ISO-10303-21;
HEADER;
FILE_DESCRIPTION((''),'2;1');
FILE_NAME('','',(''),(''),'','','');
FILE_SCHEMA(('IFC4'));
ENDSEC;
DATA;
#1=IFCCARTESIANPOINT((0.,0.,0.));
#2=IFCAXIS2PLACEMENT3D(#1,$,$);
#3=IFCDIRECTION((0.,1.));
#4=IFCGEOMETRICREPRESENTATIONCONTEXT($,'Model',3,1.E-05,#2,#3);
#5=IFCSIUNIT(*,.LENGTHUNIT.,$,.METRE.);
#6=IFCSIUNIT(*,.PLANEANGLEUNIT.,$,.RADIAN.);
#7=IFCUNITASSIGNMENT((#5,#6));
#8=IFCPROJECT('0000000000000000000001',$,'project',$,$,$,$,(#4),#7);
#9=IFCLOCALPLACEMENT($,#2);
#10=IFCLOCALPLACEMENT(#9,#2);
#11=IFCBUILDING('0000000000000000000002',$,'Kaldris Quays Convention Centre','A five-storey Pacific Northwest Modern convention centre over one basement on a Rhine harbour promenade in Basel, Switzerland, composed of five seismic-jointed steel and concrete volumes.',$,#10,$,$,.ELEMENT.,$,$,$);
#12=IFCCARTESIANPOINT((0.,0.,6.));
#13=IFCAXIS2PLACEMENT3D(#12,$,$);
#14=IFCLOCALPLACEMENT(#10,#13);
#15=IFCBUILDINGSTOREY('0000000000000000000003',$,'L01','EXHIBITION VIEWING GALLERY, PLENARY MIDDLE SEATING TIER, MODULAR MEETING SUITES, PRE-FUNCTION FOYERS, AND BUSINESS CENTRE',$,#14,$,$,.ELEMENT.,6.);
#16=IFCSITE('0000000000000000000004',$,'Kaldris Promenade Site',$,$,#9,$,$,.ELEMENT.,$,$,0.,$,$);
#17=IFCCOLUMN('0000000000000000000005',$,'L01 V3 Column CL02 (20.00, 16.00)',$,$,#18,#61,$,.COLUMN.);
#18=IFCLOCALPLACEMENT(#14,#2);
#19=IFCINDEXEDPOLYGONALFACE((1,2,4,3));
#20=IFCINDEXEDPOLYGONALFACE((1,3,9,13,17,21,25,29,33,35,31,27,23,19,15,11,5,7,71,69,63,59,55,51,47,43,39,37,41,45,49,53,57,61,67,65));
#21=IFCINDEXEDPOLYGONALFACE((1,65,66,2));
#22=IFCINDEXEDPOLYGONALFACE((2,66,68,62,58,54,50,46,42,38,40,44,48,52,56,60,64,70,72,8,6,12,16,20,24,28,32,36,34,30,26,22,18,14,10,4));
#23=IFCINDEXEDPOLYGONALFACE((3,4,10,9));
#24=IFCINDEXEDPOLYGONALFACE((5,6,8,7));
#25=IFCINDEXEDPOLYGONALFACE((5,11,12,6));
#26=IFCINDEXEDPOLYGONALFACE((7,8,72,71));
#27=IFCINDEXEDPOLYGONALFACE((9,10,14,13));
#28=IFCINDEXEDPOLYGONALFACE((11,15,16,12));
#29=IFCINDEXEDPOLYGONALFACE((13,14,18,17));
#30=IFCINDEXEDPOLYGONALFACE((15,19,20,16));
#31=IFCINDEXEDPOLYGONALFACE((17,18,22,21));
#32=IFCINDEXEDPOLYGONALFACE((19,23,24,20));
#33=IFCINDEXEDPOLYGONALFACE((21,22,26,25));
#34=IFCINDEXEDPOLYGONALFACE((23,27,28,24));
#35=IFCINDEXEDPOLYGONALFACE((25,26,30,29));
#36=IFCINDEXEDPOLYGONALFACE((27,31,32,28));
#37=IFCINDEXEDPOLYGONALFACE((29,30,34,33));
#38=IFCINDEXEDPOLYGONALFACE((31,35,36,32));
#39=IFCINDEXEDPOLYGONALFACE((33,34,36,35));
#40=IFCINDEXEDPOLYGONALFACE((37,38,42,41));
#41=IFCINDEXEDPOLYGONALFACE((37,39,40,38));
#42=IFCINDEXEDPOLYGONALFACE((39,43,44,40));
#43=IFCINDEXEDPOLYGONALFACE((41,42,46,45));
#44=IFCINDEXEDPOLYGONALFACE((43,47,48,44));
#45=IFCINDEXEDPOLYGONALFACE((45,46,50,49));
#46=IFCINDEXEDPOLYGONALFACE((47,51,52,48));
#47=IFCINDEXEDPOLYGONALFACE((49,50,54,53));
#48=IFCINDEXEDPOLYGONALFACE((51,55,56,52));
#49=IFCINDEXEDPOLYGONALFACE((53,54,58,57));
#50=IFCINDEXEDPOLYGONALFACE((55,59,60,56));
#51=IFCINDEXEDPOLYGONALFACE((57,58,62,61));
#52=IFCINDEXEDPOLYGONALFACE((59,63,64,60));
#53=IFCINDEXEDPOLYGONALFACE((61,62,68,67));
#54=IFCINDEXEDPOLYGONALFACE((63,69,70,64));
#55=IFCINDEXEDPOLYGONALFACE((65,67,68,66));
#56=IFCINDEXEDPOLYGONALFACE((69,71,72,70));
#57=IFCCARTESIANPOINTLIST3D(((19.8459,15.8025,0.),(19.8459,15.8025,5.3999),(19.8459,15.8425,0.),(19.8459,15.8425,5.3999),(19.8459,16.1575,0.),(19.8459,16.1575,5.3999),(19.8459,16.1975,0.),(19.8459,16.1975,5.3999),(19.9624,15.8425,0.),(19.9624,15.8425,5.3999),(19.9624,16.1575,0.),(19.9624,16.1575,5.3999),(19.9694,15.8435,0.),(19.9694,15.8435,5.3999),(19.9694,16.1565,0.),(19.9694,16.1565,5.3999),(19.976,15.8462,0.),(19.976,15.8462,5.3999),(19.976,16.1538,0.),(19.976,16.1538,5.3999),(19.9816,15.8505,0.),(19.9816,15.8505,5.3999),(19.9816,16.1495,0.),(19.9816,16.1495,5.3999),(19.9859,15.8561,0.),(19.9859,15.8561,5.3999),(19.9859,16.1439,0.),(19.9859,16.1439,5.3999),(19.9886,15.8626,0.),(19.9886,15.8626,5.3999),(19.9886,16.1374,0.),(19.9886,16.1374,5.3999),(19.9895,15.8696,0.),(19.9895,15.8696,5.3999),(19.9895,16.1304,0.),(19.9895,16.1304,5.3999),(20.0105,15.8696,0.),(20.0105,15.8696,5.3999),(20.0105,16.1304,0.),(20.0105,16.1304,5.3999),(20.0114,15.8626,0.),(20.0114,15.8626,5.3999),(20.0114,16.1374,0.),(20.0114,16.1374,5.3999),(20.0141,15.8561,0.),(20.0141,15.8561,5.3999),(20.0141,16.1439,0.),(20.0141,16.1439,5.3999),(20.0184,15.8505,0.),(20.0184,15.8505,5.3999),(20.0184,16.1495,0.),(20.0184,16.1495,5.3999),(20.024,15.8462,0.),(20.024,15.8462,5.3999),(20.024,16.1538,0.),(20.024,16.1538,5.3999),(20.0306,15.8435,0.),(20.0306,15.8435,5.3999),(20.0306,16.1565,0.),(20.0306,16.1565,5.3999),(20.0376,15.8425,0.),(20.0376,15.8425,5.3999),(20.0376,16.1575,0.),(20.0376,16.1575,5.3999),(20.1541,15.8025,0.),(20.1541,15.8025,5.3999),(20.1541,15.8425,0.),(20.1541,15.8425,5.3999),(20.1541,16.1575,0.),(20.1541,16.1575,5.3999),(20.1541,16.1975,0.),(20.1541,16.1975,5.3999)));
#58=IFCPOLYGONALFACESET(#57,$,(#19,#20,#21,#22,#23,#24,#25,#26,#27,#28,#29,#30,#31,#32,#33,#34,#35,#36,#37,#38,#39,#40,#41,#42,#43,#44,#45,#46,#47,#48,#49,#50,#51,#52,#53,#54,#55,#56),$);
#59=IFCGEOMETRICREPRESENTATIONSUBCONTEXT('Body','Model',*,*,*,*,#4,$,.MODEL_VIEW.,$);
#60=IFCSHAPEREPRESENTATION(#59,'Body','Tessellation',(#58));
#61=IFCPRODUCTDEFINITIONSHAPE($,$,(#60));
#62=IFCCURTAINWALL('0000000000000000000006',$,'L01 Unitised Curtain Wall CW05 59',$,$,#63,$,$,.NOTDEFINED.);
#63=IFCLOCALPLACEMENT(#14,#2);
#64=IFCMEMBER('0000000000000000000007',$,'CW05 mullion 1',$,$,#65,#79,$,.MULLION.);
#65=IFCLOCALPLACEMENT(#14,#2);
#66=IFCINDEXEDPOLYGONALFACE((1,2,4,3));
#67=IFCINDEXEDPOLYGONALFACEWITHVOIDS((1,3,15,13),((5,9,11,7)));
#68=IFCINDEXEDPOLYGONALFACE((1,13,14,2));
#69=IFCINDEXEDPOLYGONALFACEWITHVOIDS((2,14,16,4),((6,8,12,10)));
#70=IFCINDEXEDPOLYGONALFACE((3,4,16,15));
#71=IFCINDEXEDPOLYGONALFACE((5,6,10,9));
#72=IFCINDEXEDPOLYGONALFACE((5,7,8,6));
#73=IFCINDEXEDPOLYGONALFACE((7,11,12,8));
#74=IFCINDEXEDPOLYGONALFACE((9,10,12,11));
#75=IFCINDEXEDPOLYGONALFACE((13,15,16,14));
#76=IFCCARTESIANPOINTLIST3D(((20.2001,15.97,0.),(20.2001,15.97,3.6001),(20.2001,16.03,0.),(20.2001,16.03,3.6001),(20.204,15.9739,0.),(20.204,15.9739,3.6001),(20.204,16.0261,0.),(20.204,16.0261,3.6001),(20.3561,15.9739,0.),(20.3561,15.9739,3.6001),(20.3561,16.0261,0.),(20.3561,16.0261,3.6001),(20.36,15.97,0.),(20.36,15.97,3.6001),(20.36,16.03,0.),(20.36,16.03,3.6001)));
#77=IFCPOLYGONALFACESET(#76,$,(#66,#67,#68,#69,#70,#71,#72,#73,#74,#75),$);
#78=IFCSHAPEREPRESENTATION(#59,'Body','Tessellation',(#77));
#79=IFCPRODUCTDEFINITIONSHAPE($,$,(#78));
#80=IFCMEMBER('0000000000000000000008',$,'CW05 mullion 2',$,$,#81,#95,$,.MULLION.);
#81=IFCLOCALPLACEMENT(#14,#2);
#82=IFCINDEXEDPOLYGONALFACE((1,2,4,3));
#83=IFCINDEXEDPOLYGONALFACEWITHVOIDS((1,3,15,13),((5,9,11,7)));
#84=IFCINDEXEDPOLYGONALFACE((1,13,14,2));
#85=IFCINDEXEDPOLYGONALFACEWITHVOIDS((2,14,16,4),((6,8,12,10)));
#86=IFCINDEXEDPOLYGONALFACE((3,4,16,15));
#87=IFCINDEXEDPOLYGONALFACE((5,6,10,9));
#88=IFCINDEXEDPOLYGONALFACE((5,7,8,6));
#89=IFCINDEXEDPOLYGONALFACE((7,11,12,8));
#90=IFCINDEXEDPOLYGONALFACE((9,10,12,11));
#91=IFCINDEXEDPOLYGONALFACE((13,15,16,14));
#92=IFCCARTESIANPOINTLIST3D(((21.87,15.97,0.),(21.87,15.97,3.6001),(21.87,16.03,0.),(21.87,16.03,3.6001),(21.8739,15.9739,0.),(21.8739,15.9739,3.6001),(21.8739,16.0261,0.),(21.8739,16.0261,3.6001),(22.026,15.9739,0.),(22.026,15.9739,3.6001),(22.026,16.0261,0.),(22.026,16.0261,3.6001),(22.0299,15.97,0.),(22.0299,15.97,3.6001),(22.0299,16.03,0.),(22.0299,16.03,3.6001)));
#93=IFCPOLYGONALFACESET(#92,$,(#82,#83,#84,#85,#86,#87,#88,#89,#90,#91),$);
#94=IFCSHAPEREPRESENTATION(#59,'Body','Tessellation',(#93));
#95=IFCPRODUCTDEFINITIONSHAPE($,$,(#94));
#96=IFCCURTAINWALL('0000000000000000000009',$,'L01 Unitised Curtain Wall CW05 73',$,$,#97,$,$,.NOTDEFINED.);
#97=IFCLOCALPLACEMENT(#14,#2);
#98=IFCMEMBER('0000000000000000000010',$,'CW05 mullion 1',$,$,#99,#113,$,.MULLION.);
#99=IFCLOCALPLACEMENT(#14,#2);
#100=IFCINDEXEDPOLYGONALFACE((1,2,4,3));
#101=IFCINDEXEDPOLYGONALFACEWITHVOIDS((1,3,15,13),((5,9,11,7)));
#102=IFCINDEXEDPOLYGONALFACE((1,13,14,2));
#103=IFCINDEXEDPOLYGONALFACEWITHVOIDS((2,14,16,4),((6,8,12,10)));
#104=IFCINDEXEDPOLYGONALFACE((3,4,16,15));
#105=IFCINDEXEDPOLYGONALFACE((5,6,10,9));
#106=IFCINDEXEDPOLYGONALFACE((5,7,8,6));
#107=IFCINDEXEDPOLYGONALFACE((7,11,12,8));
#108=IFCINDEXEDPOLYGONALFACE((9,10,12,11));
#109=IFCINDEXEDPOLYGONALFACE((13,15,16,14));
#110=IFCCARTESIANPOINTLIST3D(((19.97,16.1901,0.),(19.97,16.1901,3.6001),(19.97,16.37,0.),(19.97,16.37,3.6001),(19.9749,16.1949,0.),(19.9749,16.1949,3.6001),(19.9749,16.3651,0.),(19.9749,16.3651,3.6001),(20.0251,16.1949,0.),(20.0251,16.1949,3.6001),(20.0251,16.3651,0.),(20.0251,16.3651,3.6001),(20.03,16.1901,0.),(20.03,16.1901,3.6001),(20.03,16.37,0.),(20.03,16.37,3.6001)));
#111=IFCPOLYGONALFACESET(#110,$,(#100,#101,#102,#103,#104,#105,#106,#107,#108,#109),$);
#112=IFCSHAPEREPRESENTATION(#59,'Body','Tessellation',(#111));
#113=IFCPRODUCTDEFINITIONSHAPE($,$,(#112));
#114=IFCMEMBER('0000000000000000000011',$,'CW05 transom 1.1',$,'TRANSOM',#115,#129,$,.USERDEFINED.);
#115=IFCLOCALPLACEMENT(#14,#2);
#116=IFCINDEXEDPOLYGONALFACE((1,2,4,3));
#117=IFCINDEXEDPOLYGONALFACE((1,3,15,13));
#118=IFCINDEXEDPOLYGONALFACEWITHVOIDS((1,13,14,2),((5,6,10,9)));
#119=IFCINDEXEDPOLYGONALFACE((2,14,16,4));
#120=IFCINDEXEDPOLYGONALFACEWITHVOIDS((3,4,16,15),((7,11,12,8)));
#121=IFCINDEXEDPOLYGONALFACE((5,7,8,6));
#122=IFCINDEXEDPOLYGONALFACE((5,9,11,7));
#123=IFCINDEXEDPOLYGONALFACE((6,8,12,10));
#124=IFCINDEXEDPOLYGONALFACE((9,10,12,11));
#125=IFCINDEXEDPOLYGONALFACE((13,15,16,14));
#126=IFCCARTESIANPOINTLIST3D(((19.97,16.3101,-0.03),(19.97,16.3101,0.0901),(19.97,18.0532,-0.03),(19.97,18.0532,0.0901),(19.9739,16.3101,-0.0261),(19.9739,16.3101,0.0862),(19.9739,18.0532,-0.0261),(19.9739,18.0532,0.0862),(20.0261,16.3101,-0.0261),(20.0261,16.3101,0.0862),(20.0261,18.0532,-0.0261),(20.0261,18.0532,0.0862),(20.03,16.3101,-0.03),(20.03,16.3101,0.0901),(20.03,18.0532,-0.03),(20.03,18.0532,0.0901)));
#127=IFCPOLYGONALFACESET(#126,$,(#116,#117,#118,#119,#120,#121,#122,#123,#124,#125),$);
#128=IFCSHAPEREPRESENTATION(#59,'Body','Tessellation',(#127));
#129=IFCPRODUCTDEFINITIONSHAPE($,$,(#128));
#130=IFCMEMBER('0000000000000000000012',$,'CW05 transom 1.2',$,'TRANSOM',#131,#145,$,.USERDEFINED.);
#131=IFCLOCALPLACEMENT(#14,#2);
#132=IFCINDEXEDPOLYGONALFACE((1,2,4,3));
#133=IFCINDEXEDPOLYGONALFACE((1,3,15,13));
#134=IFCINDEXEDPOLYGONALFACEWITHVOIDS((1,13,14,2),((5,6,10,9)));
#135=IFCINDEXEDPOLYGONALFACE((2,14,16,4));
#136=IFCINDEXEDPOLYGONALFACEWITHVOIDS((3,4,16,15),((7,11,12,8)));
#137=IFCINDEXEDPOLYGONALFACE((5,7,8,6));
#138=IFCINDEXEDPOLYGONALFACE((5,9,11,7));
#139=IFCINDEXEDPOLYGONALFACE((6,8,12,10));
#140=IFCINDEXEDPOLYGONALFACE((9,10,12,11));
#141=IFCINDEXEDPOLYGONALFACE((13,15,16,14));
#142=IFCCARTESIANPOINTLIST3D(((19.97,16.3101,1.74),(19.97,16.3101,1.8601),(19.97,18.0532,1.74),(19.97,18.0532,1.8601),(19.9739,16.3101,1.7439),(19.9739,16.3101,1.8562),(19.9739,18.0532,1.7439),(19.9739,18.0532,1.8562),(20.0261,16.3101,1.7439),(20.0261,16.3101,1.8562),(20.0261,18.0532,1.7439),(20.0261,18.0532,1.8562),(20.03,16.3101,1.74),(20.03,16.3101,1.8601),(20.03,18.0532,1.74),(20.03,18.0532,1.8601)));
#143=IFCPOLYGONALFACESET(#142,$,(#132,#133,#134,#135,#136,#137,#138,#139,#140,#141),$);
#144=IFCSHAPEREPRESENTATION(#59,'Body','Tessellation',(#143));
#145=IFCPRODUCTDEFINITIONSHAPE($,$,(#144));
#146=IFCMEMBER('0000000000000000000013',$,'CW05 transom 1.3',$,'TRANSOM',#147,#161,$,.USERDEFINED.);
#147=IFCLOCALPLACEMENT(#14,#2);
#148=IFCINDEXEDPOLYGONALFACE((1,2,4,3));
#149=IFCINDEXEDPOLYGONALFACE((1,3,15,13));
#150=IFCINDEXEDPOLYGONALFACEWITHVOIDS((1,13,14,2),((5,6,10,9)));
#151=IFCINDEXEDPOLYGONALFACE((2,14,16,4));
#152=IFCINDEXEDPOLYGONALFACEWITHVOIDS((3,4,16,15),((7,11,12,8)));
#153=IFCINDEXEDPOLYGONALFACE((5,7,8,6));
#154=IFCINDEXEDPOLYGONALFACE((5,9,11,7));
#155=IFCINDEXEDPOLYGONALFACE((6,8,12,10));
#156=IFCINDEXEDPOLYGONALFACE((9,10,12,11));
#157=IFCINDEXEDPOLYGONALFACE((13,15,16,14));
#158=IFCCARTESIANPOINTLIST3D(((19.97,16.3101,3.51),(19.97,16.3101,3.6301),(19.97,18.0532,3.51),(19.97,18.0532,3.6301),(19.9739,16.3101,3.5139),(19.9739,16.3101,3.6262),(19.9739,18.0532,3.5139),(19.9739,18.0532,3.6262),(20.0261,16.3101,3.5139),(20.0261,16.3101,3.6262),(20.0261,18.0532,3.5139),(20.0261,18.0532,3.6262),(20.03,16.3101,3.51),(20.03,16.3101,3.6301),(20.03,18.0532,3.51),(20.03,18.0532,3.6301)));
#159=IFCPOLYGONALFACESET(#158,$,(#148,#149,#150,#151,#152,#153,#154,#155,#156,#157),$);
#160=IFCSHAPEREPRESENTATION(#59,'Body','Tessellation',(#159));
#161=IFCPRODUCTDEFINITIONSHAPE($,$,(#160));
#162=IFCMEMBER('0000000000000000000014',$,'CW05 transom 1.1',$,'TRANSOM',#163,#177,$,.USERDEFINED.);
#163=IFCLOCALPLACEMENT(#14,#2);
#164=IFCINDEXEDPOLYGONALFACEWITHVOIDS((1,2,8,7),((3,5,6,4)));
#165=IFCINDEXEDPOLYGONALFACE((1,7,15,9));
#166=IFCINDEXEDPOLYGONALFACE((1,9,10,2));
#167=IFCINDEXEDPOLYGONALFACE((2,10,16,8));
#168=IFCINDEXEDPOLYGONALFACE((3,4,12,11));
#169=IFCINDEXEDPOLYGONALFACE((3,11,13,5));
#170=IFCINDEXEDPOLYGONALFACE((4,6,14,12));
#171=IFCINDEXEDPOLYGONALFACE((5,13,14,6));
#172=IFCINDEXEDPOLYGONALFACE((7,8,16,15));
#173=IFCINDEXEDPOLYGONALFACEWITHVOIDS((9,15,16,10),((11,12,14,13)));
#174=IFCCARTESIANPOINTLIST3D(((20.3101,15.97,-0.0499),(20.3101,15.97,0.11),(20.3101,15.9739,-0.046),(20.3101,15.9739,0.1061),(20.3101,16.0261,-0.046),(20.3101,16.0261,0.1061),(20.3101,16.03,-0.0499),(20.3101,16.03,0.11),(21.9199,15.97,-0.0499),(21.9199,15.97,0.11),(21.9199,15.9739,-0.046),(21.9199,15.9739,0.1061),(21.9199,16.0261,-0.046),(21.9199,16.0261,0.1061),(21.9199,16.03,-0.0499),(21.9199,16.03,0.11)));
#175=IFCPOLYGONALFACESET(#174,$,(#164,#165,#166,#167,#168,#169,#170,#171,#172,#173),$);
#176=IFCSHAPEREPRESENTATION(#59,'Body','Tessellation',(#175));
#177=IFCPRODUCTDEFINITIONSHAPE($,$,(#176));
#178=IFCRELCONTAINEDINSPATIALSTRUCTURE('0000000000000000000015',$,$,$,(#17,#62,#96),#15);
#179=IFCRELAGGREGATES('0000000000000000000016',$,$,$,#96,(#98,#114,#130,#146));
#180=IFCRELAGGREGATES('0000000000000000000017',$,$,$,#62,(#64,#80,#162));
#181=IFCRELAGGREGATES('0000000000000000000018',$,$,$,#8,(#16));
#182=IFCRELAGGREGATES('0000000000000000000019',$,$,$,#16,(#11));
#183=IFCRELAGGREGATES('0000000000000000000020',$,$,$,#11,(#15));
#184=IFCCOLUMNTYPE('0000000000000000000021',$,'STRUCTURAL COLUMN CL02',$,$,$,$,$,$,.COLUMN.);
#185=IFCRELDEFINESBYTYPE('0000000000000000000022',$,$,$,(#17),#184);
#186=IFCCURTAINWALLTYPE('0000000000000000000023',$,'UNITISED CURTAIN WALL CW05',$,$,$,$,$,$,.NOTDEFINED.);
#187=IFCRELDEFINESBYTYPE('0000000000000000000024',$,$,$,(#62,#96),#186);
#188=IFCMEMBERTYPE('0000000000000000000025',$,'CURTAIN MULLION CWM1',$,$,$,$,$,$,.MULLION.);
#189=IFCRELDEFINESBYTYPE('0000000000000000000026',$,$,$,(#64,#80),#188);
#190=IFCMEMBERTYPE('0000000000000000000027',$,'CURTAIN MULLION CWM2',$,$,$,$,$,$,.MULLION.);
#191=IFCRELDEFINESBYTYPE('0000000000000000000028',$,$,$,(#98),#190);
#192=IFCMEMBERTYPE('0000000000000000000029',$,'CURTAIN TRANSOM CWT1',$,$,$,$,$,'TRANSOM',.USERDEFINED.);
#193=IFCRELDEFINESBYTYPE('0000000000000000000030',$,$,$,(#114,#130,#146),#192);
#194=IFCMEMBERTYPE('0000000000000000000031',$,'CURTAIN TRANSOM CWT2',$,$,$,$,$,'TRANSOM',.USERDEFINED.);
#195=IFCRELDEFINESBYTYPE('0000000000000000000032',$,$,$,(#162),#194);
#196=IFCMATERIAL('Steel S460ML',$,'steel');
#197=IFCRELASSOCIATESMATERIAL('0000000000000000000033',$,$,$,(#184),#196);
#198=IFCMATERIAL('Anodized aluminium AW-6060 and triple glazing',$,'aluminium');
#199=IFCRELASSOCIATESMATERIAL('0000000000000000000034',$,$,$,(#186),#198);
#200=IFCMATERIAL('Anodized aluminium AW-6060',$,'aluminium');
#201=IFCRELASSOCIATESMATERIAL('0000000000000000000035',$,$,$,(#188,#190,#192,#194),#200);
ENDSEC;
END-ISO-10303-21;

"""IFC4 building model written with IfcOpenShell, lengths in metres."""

from ifc_helpers import new_model, si_unit, direction, frame, origin, origin_2d, place, context, subcontext, project, spatial, hollow_rectangle, i_section, extrude, material, material_profile, profile_set, type_object, element, aggregate, save


model = new_model("IFC4")

# Units and contexts
model_context = context("Model", 3, precision=1e-05, world=origin(), true_north=direction((0.0, 1.0)))
body_context = subcontext(model_context, "Body", "Model", "MODEL_VIEW")
ifc_project = project(units=[si_unit("LENGTHUNIT", "METRE"), si_unit("PLANEANGLEUNIT", "RADIAN")], contexts=[model_context])

# Site, building, storey
site_placement = place(None, origin())
site = spatial("IfcSite", under=ifc_project, at=site_placement, Name="Kaldris Promenade Site", CompositionType="ELEMENT", RefElevation=0.0)
building_placement = place(site_placement, origin())
building = spatial("IfcBuilding", under=site, at=building_placement, Name="Kaldris Quays Convention Centre", Description="A five-storey Pacific Northwest Modern convention centre over one basement on a Rhine harbour promenade in Basel, Switzerland, composed of five seismic-jointed steel and concrete volumes.", CompositionType="ELEMENT")
storey_placement = place(building_placement, frame((0.0, 0.0, 6.0)))
storey = spatial("IfcBuildingStorey", under=building, at=storey_placement, Name="L01", Description="EXHIBITION VIEWING GALLERY, PLENARY MIDDLE SEATING TIER, MODULAR MEETING SUITES, PRE-FUNCTION FOYERS, AND BUSINESS CENTRE", CompositionType="ELEMENT", Elevation=6.0)

# Column
ifc_material_1 = material(Name="Steel S460ML", Category="steel")
ifc_material_profile_1 = material_profile(ifc_material_1, i_section(OverallWidth=0.3081, OverallDepth=0.395, WebThickness=0.021, FlangeThickness=0.04, FilletRadius=0.0271, at=origin_2d()), Name="HEM 360")
ifc_profile_set_1 = profile_set([ifc_material_profile_1], Name="Steel S460ML")
column_type = type_object("IfcColumnType", Name="STRUCTURAL COLUMN CL02", PredefinedType="COLUMN", material=ifc_profile_set_1)
column_placement = place(storey_placement, frame((20.0, 16.0, 0.0), z_axis=(0.0, 0.0, 1.0), x_axis=(1.0, 0.0, 0.0)))
element("IfcColumn", 1, at=column_placement, inside=storey, type_object=column_type, Name="L01 V3 Column CL02 (20.00, 16.00)", PredefinedType="COLUMN", context=body_context, shape_type="SweptSolid", body=[
    extrude(i_section(OverallWidth=0.3081, OverallDepth=0.395, WebThickness=0.021, FlangeThickness=0.04, FilletRadius=0.0271, at=origin_2d()), origin(), (0.0, 0.0, 1.0), 5.3999),
])

# Curtain walls, members
ifc_material_2 = material(Name="Anodized aluminium AW-6060 and triple glazing", Category="aluminium")
curtain_wall_type = type_object("IfcCurtainWallType", Name="UNITISED CURTAIN WALL CW05", PredefinedType="NOTDEFINED", material=ifc_material_2)
curtain_wall_1_placement = place(storey_placement, origin())
curtain_wall_1 = element("IfcCurtainWall", 2, at=curtain_wall_1_placement, inside=storey, type_object=curtain_wall_type, Name="L01 Unitised Curtain Wall CW05 59", PredefinedType="NOTDEFINED")
ifc_material_3 = material(Name="Anodized aluminium AW-6060", Category="aluminium")
ifc_material_profile_2 = material_profile(ifc_material_3, hollow_rectangle(XDim=0.0601, YDim=0.1599, WallThickness=0.0039, at=origin_2d()), Name="RHS 160x60x4")
ifc_profile_set_2 = profile_set([ifc_material_profile_2], Name="Anodized aluminium AW-6060")
member_type_1 = type_object("IfcMemberType", Name="CURTAIN MULLION CWM1", PredefinedType="MULLION", material=ifc_profile_set_2)
member_1_placement = place(storey_placement, frame((20.28, 16.0, 0.0), z_axis=(0.0, 0.0, 1.0), x_axis=(0.0, 1.0, 0.0)))
member_1 = element("IfcMember", 3, at=member_1_placement, type_object=member_type_1, Name="CW05 mullion 1", PredefinedType="MULLION", context=body_context, shape_type="SweptSolid", body=[
    extrude(hollow_rectangle(XDim=0.0601, YDim=0.1599, WallThickness=0.0039, at=origin_2d()), origin(), (0.0, 0.0, 1.0), 3.6001),
])
member_2_placement = place(storey_placement, frame((21.95, 16.0, 0.0), z_axis=(0.0, 0.0, 1.0), x_axis=(0.0, 1.0, 0.0)))
member_2 = element("IfcMember", 4, at=member_2_placement, type_object=member_type_1, Name="CW05 mullion 2", PredefinedType="MULLION", context=body_context, shape_type="SweptSolid", body=[
    extrude(hollow_rectangle(XDim=0.0601, YDim=0.1599, WallThickness=0.0039, at=origin_2d()), origin(), (0.0, 0.0, 1.0), 3.6001),
])
curtain_wall_2_placement = place(storey_placement, origin())
curtain_wall_2 = element("IfcCurtainWall", 5, at=curtain_wall_2_placement, inside=storey, type_object=curtain_wall_type, Name="L01 Unitised Curtain Wall CW05 73", PredefinedType="NOTDEFINED")
ifc_material_profile_3 = material_profile(ifc_material_3, hollow_rectangle(XDim=0.0601, YDim=0.1799, WallThickness=0.0049, at=origin_2d()), Name="RHS 180x60x5")
ifc_profile_set_3 = profile_set([ifc_material_profile_3], Name="Anodized aluminium AW-6060")
member_type_2 = type_object("IfcMemberType", Name="CURTAIN MULLION CWM2", PredefinedType="MULLION", material=ifc_profile_set_3)
member_3_placement = place(storey_placement, frame((20.0, 16.28, 0.0), z_axis=(0.0, 0.0, 1.0), x_axis=(-1.0, 0.0, 0.0)))
member_3 = element("IfcMember", 6, at=member_3_placement, type_object=member_type_2, Name="CW05 mullion 1", PredefinedType="MULLION", context=body_context, shape_type="SweptSolid", body=[
    extrude(hollow_rectangle(XDim=0.0601, YDim=0.1799, WallThickness=0.0049, at=origin_2d()), origin(), (0.0, 0.0, 1.0), 3.6001),
])
ifc_material_profile_4 = material_profile(ifc_material_3, hollow_rectangle(XDim=0.0601, YDim=0.1201, WallThickness=0.0039, at=origin_2d()), Name="RHS 120x60x4")
ifc_profile_set_4 = profile_set([ifc_material_profile_4], Name="Anodized aluminium AW-6060")
member_type_3 = type_object("IfcMemberType", Name="CURTAIN TRANSOM CWT1", ElementType="TRANSOM", PredefinedType="USERDEFINED", material=ifc_profile_set_4)
member_4_placement = place(storey_placement, frame((20.0, 16.3101, 0.03), z_axis=(0.0, 1.0, 0.0), x_axis=(-1.0, 0.0, 0.0)))
member_4 = element("IfcMember", 7, at=member_4_placement, type_object=member_type_3, Name="CW05 transom 1.1", ObjectType="TRANSOM", PredefinedType="USERDEFINED", context=body_context, shape_type="SweptSolid", body=[
    extrude(hollow_rectangle(XDim=0.0601, YDim=0.1201, WallThickness=0.0039, at=origin_2d()), origin(), (0.0, 0.0, 1.0), 1.7432),
])
member_5_placement = place(storey_placement, frame((20.0, 16.3101, 1.8), z_axis=(0.0, 1.0, 0.0), x_axis=(-1.0, 0.0, 0.0)))
member_5 = element("IfcMember", 8, at=member_5_placement, type_object=member_type_3, Name="CW05 transom 1.2", ObjectType="TRANSOM", PredefinedType="USERDEFINED", context=body_context, shape_type="SweptSolid", body=[
    extrude(hollow_rectangle(XDim=0.0601, YDim=0.1201, WallThickness=0.0039, at=origin_2d()), origin(), (0.0, 0.0, 1.0), 1.7432),
])
member_6_placement = place(storey_placement, frame((20.0, 16.3101, 3.5701), z_axis=(0.0, 1.0, 0.0), x_axis=(-1.0, 0.0, 0.0)))
member_6 = element("IfcMember", 9, at=member_6_placement, type_object=member_type_3, Name="CW05 transom 1.3", ObjectType="TRANSOM", PredefinedType="USERDEFINED", context=body_context, shape_type="SweptSolid", body=[
    extrude(hollow_rectangle(XDim=0.0601, YDim=0.1201, WallThickness=0.0039, at=origin_2d()), origin(), (0.0, 0.0, 1.0), 1.7432),
])

# Member
ifc_material_profile_5 = material_profile(ifc_material_3, hollow_rectangle(XDim=0.0601, YDim=0.1599, WallThickness=0.0039, at=origin_2d()), Name="RHS 160x60x4")
ifc_profile_set_5 = profile_set([ifc_material_profile_5], Name="Anodized aluminium AW-6060")
member_type_4 = type_object("IfcMemberType", Name="CURTAIN TRANSOM CWT2", ElementType="TRANSOM", PredefinedType="USERDEFINED", material=ifc_profile_set_5)
member_7_placement = place(storey_placement, frame((20.3101, 16.0, 0.03), z_axis=(1.0, 0.0, 0.0), x_axis=(0.0, 1.0, 0.0)))
member_7 = element("IfcMember", 10, at=member_7_placement, type_object=member_type_4, Name="CW05 transom 1.1", ObjectType="TRANSOM", PredefinedType="USERDEFINED", context=body_context, shape_type="SweptSolid", body=[
    extrude(hollow_rectangle(XDim=0.0601, YDim=0.1599, WallThickness=0.0039, at=origin_2d()), origin(), (0.0, 0.0, 1.0), 1.6099),
])

aggregate(curtain_wall_2, [member_3, member_4, member_5, member_6])
aggregate(curtain_wall_1, [member_1, member_2, member_7])

save(model, "model.ifc")
